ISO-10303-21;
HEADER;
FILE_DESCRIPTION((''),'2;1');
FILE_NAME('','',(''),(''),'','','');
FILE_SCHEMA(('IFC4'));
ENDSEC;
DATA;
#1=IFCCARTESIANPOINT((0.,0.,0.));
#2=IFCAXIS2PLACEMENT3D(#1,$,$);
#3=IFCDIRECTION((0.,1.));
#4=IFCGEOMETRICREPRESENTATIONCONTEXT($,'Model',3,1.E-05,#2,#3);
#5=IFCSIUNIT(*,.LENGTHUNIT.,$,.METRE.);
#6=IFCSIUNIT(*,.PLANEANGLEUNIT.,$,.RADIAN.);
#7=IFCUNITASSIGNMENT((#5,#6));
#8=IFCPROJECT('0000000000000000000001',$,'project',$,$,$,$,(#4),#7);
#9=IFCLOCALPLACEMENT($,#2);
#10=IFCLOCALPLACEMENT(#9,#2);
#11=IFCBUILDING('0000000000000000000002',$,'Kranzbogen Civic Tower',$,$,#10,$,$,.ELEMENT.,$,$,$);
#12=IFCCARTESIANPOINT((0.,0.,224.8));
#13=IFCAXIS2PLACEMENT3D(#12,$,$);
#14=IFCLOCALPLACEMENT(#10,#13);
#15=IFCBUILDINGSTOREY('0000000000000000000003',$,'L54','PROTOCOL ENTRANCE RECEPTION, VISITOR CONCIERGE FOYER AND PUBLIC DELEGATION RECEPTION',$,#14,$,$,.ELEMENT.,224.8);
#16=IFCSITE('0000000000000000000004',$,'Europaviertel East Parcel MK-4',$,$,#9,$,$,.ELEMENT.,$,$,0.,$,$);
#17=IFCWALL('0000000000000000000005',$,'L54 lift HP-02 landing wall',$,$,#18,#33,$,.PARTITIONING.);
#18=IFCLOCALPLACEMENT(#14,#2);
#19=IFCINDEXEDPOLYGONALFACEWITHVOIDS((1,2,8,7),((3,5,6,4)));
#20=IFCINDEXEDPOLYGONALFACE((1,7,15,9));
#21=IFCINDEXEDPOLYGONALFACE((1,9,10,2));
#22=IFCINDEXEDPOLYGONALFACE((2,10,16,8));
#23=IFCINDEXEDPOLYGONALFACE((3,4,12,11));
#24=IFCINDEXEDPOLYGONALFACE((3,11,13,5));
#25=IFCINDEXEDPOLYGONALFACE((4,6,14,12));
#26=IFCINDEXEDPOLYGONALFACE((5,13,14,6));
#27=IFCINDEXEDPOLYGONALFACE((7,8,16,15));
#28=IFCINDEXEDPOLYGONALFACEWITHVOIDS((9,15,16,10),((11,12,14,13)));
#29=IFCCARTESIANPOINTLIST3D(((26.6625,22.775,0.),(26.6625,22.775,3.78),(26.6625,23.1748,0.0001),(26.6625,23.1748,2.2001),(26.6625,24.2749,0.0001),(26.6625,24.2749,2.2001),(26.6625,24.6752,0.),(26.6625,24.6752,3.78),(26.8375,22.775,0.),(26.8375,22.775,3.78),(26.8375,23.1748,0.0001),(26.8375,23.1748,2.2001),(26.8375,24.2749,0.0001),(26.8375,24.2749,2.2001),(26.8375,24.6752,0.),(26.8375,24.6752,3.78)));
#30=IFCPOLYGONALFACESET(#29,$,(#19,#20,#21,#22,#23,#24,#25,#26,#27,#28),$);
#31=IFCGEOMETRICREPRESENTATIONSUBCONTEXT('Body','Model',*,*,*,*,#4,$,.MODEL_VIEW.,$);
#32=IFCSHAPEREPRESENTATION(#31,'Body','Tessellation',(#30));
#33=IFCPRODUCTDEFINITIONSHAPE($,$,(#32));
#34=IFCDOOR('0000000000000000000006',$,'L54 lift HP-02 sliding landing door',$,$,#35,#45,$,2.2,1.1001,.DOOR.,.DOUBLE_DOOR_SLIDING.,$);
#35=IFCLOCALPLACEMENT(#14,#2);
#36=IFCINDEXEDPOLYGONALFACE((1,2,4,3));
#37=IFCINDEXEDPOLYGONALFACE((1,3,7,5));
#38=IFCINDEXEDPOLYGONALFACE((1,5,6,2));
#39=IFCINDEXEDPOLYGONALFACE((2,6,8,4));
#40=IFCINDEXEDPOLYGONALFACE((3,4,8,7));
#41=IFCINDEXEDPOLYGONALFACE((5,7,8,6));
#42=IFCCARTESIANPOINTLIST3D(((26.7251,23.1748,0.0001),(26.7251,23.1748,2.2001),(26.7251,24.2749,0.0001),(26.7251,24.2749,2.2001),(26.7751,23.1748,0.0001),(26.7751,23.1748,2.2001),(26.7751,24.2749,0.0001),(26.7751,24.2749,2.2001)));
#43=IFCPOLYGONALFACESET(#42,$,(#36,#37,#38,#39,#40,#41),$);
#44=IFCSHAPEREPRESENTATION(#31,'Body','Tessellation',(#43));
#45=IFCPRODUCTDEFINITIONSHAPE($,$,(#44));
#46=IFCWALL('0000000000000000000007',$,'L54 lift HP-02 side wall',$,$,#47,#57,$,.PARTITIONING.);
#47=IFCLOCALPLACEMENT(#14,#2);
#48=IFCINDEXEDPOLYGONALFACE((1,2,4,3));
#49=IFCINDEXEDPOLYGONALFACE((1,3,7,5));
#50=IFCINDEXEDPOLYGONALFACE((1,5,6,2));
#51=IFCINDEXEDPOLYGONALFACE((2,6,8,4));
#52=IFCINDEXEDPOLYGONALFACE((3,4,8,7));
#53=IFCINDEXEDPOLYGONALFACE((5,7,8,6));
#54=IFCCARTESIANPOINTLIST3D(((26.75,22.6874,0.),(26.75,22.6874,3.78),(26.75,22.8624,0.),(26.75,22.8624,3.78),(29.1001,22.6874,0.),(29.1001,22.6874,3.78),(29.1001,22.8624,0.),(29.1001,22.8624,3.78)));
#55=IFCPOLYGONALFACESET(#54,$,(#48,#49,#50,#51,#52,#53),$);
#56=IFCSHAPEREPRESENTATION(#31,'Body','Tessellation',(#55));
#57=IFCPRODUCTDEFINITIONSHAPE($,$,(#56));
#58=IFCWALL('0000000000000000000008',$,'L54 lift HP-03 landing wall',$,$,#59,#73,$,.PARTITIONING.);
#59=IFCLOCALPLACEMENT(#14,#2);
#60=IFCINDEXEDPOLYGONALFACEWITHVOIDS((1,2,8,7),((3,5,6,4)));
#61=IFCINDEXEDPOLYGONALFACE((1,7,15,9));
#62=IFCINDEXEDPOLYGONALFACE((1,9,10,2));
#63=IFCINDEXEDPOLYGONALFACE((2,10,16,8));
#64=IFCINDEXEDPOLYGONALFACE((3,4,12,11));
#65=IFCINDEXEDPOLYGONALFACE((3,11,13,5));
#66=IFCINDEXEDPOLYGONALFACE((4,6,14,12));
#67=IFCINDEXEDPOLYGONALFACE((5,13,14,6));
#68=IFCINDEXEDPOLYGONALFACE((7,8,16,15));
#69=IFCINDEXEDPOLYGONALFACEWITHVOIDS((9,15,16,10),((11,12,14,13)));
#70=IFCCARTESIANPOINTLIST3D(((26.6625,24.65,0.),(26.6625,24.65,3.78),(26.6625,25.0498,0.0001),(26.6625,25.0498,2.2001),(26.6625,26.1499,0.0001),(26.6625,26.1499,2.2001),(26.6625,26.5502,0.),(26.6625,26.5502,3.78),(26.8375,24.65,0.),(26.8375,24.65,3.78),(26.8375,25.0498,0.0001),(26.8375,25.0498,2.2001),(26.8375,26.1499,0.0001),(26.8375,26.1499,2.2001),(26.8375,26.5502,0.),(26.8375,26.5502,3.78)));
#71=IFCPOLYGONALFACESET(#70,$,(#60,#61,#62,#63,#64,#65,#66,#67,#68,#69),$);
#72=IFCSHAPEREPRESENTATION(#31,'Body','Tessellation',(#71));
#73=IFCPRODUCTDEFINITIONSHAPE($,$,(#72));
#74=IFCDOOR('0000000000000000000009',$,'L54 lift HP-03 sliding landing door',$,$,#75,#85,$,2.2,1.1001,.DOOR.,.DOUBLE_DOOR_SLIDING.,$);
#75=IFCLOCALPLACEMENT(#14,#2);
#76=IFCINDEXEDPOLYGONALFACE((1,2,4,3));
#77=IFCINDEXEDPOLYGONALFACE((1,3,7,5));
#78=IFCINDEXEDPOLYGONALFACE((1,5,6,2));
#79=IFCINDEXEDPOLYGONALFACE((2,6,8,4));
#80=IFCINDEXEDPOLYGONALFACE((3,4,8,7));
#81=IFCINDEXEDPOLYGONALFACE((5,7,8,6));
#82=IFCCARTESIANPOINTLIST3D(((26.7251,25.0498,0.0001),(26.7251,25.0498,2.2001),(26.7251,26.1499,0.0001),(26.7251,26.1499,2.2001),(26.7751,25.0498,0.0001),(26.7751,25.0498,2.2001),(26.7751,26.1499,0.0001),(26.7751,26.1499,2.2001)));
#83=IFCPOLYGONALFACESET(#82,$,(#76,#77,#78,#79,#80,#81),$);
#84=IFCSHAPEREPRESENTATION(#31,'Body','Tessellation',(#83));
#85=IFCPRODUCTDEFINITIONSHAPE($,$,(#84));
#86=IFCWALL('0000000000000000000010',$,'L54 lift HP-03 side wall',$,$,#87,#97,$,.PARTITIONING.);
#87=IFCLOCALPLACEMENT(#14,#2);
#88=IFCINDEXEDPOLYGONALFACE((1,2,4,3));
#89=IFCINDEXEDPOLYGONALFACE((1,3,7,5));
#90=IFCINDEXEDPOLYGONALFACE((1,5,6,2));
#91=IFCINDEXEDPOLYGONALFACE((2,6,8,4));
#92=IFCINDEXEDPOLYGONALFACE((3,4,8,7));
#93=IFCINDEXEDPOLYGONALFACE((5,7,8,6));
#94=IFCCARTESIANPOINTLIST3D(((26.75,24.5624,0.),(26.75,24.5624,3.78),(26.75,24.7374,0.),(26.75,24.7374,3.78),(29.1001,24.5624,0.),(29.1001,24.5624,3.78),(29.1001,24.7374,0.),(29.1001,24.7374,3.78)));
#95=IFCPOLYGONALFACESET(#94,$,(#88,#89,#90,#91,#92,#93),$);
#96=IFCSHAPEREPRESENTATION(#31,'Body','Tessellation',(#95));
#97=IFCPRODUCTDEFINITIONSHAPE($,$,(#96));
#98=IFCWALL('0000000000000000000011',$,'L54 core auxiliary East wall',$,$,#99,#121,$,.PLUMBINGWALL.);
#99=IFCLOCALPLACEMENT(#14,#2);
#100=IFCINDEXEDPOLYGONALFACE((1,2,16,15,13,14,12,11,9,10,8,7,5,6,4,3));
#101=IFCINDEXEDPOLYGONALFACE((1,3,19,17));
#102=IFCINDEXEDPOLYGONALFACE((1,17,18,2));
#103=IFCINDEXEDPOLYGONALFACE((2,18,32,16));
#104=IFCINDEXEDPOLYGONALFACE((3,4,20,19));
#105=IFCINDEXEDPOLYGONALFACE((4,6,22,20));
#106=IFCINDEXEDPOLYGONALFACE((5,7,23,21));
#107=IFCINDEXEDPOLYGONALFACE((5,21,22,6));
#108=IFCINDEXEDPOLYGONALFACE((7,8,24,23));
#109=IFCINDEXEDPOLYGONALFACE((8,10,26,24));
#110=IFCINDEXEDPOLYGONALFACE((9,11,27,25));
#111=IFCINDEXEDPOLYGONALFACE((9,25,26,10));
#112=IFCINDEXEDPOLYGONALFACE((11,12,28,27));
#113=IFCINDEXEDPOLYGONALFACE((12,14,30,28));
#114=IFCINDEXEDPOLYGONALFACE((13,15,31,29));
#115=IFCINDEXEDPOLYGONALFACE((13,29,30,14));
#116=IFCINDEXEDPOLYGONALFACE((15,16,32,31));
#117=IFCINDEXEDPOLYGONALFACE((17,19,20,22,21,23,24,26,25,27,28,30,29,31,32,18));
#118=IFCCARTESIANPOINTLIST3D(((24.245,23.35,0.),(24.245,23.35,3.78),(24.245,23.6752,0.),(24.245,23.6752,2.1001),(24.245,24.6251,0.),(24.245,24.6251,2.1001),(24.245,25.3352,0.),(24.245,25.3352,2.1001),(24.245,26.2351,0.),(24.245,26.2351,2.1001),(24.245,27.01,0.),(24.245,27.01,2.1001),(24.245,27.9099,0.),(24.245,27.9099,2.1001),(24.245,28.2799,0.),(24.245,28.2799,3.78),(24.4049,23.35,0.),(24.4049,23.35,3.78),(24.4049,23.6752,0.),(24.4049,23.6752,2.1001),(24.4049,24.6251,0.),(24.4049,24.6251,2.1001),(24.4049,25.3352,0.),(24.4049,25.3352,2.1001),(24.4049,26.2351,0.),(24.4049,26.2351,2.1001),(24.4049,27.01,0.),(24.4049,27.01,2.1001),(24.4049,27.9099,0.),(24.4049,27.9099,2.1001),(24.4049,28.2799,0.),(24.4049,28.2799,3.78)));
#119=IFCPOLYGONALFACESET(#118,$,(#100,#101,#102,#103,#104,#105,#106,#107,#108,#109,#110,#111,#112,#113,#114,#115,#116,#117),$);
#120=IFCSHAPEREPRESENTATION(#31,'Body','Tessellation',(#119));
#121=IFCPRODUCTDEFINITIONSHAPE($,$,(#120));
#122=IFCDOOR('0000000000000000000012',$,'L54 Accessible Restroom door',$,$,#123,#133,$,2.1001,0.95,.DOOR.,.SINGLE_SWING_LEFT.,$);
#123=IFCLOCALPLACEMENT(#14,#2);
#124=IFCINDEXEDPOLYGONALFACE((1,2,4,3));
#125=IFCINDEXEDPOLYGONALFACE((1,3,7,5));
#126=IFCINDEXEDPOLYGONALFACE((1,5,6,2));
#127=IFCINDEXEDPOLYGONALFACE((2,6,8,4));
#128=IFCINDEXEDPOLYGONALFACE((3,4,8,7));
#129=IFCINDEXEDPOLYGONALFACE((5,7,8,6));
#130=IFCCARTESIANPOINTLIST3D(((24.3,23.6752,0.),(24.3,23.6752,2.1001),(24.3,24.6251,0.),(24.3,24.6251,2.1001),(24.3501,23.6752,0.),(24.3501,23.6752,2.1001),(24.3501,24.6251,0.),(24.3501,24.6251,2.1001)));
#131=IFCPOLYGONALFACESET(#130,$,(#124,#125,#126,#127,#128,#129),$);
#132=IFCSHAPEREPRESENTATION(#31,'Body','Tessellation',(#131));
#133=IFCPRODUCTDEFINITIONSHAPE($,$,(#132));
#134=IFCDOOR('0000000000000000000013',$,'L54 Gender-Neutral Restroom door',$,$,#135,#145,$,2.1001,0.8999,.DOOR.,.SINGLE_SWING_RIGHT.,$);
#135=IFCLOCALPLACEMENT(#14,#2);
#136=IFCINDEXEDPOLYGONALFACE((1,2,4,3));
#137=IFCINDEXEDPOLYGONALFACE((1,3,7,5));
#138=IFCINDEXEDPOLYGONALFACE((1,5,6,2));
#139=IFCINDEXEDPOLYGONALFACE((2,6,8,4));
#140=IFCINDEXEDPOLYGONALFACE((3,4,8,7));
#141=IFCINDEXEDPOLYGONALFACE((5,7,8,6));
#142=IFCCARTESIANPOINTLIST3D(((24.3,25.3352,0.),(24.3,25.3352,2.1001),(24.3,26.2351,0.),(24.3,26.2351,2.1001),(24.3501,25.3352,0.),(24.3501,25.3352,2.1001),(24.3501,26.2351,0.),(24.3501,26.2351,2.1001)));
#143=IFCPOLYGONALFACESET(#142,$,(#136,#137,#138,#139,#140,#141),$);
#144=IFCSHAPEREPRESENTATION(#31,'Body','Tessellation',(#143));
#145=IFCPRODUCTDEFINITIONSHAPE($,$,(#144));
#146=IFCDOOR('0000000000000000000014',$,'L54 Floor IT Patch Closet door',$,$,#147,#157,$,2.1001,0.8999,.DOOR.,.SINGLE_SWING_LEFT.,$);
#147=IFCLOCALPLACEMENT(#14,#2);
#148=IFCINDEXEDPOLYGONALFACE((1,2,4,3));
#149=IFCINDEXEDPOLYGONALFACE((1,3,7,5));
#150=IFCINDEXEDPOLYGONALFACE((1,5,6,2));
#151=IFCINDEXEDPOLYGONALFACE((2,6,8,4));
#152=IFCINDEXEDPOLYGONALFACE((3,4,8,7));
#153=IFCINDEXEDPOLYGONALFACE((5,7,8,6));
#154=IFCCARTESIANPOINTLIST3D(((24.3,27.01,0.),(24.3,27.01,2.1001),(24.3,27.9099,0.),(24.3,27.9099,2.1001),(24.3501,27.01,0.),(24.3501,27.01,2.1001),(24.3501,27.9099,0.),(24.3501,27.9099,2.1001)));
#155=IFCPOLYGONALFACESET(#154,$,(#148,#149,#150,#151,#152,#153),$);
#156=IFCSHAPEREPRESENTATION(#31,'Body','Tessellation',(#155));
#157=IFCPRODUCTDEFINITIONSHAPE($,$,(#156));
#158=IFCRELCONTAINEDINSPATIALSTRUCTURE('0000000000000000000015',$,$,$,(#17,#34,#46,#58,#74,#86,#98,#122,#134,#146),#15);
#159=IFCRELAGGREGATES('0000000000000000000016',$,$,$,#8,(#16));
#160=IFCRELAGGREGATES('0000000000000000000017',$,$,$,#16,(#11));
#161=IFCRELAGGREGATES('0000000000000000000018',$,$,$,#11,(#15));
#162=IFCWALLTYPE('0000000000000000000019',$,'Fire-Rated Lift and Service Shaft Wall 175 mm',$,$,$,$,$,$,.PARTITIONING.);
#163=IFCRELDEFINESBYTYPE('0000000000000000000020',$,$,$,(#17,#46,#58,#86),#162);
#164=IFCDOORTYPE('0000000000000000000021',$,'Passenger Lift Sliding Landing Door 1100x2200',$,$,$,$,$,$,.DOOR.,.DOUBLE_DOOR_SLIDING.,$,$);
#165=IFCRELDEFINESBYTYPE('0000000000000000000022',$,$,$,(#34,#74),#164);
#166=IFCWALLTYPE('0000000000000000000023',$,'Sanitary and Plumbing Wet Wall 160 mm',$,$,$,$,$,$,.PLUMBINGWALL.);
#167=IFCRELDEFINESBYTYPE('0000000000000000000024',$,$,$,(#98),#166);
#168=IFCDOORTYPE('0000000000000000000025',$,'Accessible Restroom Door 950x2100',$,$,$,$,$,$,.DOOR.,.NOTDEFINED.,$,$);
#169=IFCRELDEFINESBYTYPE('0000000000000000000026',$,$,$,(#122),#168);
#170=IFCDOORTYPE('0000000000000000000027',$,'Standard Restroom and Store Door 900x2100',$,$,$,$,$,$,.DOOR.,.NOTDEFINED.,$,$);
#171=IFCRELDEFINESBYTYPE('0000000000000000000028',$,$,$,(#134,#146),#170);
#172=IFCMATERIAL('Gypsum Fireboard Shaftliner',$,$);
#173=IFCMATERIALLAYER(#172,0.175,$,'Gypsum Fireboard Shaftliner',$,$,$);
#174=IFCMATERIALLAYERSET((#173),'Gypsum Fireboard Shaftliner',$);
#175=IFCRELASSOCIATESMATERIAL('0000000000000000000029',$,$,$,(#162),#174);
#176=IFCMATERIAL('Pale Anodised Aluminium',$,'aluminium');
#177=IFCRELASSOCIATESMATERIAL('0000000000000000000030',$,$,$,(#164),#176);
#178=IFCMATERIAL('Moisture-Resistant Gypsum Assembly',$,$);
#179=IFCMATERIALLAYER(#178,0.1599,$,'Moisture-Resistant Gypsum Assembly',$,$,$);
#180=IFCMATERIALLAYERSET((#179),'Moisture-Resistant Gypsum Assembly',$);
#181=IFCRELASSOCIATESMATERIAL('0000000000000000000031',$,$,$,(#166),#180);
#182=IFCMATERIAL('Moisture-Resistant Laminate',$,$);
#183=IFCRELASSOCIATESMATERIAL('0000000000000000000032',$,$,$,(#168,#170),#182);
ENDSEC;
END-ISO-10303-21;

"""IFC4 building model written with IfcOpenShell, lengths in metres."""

from ifc_helpers import new_model, si_unit, direction, frame, frame_2d, origin, place, context, subcontext, project, spatial, rectangle, extrude, material, layer, layer_set, type_object, element, fill, save


model = new_model("IFC4")

# Units and contexts
model_context = context("Model", 3, precision=1e-05, world=origin(), true_north=direction((0.0, 1.0)))
body_context = subcontext(model_context, "Body", "Model", "MODEL_VIEW")
ifc_project = project(units=[si_unit("LENGTHUNIT", "METRE"), si_unit("PLANEANGLEUNIT", "RADIAN")], contexts=[model_context])

# Site, building, storey
site_placement = place(None, origin())
site = spatial("IfcSite", under=ifc_project, at=site_placement, Name="Europaviertel East Parcel MK-4", CompositionType="ELEMENT", RefElevation=0.0)
building_placement = place(site_placement, origin())
building = spatial("IfcBuilding", under=site, at=building_placement, Name="Kranzbogen Civic Tower", CompositionType="ELEMENT")
storey_placement = place(building_placement, frame((0.0, 0.0, 224.8)))
storey = spatial("IfcBuildingStorey", under=building, at=storey_placement, Name="L54", Description="PROTOCOL ENTRANCE RECEPTION, VISITOR CONCIERGE FOYER AND PUBLIC DELEGATION RECEPTION", CompositionType="ELEMENT", Elevation=224.8)

# Shared definitions
ifc_material_1 = material(Name="Gypsum Fireboard Shaftliner")
ifc_layer_1 = layer(ifc_material_1, 0.175, Name="Gypsum Fireboard Shaftliner")
ifc_layer_set_1 = layer_set([ifc_layer_1], Name="Gypsum Fireboard Shaftliner")
wall_type_1 = type_object("IfcWallType", Name="Fire-Rated Lift and Service Shaft Wall 175 mm", PredefinedType="PARTITIONING", material=ifc_layer_set_1)
ifc_material_2 = material(Name="Pale Anodised Aluminium", Category="aluminium")
door_type_1 = type_object("IfcDoorType", Name="Passenger Lift Sliding Landing Door 1100x2200", OperationType="DOUBLE_DOOR_SLIDING", PredefinedType="DOOR", material=ifc_material_2)

# Wall, opening, door
wall_1_placement = place(storey_placement, frame((26.75, 22.7749, 0.0), z_axis=(0.0, 0.0, 1.0), x_axis=(0.0, 1.0, 0.0)))
wall_1 = element("IfcWall", 1, at=wall_1_placement, inside=storey, type_object=wall_type_1, Name="L54 lift HP-02 landing wall", PredefinedType="PARTITIONING", context=body_context, shape_type="SweptSolid", body=[
    extrude(rectangle(XDim=1.9001, YDim=0.175, at=frame_2d((0.9502, 0.0))), origin(), (0.0, 0.0, 1.0), 3.78),
])
opening_1_placement = place(wall_1_placement, frame((0.3999, 0.0, 0.0)))
opening_1 = element("IfcOpeningElement", 2, at=opening_1_placement, cuts=wall_1, PredefinedType="OPENING", context=body_context, shape_type="SweptSolid", body=[
    extrude(rectangle(XDim=1.1001, YDim=2.2, at=frame_2d((0.55, 1.1001))), frame((0.0, 0.0977, 0.0), z_axis=(0.0, -1.0, 0.0), x_axis=(1.0, 0.0, 0.0)), (0.0, 0.0, 1.0), 0.1951),
])
door_1_placement = place(opening_1_placement, origin())
door_1 = element("IfcDoor", 3, at=door_1_placement, inside=storey, type_object=door_type_1, Name="L54 lift HP-02 sliding landing door", OperationType="DOUBLE_DOOR_SLIDING", OverallHeight=2.2, OverallWidth=1.1001, PredefinedType="DOOR", context=body_context, shape_type="SweptSolid", body=[
    extrude(rectangle(XDim=1.1001, YDim=2.2, at=frame_2d((0.55, 1.1001))), frame((0.0, 0.0249, 0.0), z_axis=(0.0, -1.0, 0.0), x_axis=(1.0, 0.0, 0.0)), (0.0, 0.0, 1.0), 0.05),
])
fill(opening_1, door_1)

# Wall
wall_2_placement = place(storey_placement, frame((26.75, 22.7749, 0.0), z_axis=(0.0, 0.0, 1.0), x_axis=(1.0, 0.0, 0.0)))
element("IfcWall", 4, at=wall_2_placement, inside=storey, type_object=wall_type_1, Name="L54 lift HP-02 side wall", PredefinedType="PARTITIONING", context=body_context, shape_type="SweptSolid", body=[
    extrude(rectangle(XDim=2.3501, YDim=0.175, at=frame_2d((1.175, 0.0))), origin(), (0.0, 0.0, 1.0), 3.78),
])

# Wall, opening, door
wall_3_placement = place(storey_placement, frame((26.75, 24.6499, 0.0), z_axis=(0.0, 0.0, 1.0), x_axis=(0.0, 1.0, 0.0)))
wall_3 = element("IfcWall", 5, at=wall_3_placement, inside=storey, type_object=wall_type_1, Name="L54 lift HP-03 landing wall", PredefinedType="PARTITIONING", context=body_context, shape_type="SweptSolid", body=[
    extrude(rectangle(XDim=1.9001, YDim=0.175, at=frame_2d((0.9502, 0.0))), origin(), (0.0, 0.0, 1.0), 3.78),
])
opening_2_placement = place(wall_3_placement, frame((0.3999, 0.0, 0.0)))
opening_2 = element("IfcOpeningElement", 6, at=opening_2_placement, cuts=wall_3, PredefinedType="OPENING", context=body_context, shape_type="SweptSolid", body=[
    extrude(rectangle(XDim=1.1001, YDim=2.2, at=frame_2d((0.55, 1.1001))), frame((0.0, 0.0977, 0.0), z_axis=(0.0, -1.0, 0.0), x_axis=(1.0, 0.0, 0.0)), (0.0, 0.0, 1.0), 0.1951),
])
door_2_placement = place(opening_2_placement, origin())
door_2 = element("IfcDoor", 7, at=door_2_placement, inside=storey, type_object=door_type_1, Name="L54 lift HP-03 sliding landing door", OperationType="DOUBLE_DOOR_SLIDING", OverallHeight=2.2, OverallWidth=1.1001, PredefinedType="DOOR", context=body_context, shape_type="SweptSolid", body=[
    extrude(rectangle(XDim=1.1001, YDim=2.2, at=frame_2d((0.55, 1.1001))), frame((0.0, 0.0249, 0.0), z_axis=(0.0, -1.0, 0.0), x_axis=(1.0, 0.0, 0.0)), (0.0, 0.0, 1.0), 0.05),
])
fill(opening_2, door_2)

# Wall
wall_4_placement = place(storey_placement, frame((26.75, 24.6499, 0.0), z_axis=(0.0, 0.0, 1.0), x_axis=(1.0, 0.0, 0.0)))
element("IfcWall", 8, at=wall_4_placement, inside=storey, type_object=wall_type_1, Name="L54 lift HP-03 side wall", PredefinedType="PARTITIONING", context=body_context, shape_type="SweptSolid", body=[
    extrude(rectangle(XDim=2.3501, YDim=0.175, at=frame_2d((1.175, 0.0))), origin(), (0.0, 0.0, 1.0), 3.78),
])

# Wall, openings, doors
ifc_material_3 = material(Name="Moisture-Resistant Gypsum Assembly")
ifc_layer_2 = layer(ifc_material_3, 0.1599, Name="Moisture-Resistant Gypsum Assembly")
ifc_layer_set_2 = layer_set([ifc_layer_2], Name="Moisture-Resistant Gypsum Assembly")
wall_type_2 = type_object("IfcWallType", Name="Sanitary and Plumbing Wet Wall 160 mm", PredefinedType="PLUMBINGWALL", material=ifc_layer_set_2)
wall_5_placement = place(storey_placement, frame((24.325, 23.3501, 0.0), z_axis=(0.0, 0.0, 1.0), x_axis=(0.0, 1.0, 0.0)))
wall_5 = element("IfcWall", 9, at=wall_5_placement, inside=storey, type_object=wall_type_2, Name="L54 core auxiliary East wall", PredefinedType="PLUMBINGWALL", context=body_context, shape_type="SweptSolid", body=[
    extrude(rectangle(XDim=4.9299, YDim=0.1599, at=frame_2d((2.4648, 0.0))), origin(), (0.0, 0.0, 1.0), 3.78),
])
opening_3_placement = place(wall_5_placement, frame((0.325, 0.0, 0.0)))
opening_3 = element("IfcOpeningElement", 10, at=opening_3_placement, cuts=wall_5, PredefinedType="OPENING", context=body_context, shape_type="SweptSolid", body=[
    extrude(rectangle(XDim=0.95, YDim=2.1001, at=frame_2d((0.4751, 1.05))), frame((0.0, 0.0898, 0.0), z_axis=(0.0, -1.0, 0.0), x_axis=(1.0, 0.0, 0.0)), (0.0, 0.0, 1.0), 0.1799),
])
opening_4_placement = place(wall_5_placement, frame((1.9851, 0.0, 0.0)))
opening_4 = element("IfcOpeningElement", 11, at=opening_4_placement, cuts=wall_5, PredefinedType="OPENING", context=body_context, shape_type="SweptSolid", body=[
    extrude(rectangle(XDim=0.8999, YDim=2.1001, at=frame_2d((0.45, 1.05))), frame((0.0, 0.0898, 0.0), z_axis=(0.0, -1.0, 0.0), x_axis=(1.0, 0.0, 0.0)), (0.0, 0.0, 1.0), 0.1799),
])
opening_5_placement = place(wall_5_placement, frame((3.6599, 0.0, 0.0)))
opening_5 = element("IfcOpeningElement", 12, at=opening_5_placement, cuts=wall_5, PredefinedType="OPENING", context=body_context, shape_type="SweptSolid", body=[
    extrude(rectangle(XDim=0.8999, YDim=2.1001, at=frame_2d((0.45, 1.05))), frame((0.0, 0.0898, 0.0), z_axis=(0.0, -1.0, 0.0), x_axis=(1.0, 0.0, 0.0)), (0.0, 0.0, 1.0), 0.1799),
])
ifc_material_4 = material(Name="Moisture-Resistant Laminate")
door_type_2 = type_object("IfcDoorType", Name="Accessible Restroom Door 950x2100", OperationType="NOTDEFINED", PredefinedType="DOOR", material=ifc_material_4)
door_3_placement = place(opening_3_placement, origin())
door_3 = element("IfcDoor", 13, at=door_3_placement, inside=storey, type_object=door_type_2, Name="L54 Accessible Restroom door", OperationType="SINGLE_SWING_LEFT", OverallHeight=2.1001, OverallWidth=0.95, PredefinedType="DOOR", context=body_context, shape_type="SweptSolid", body=[
    extrude(rectangle(XDim=0.95, YDim=2.1001, at=frame_2d((0.4751, 1.05))), frame((0.0, 0.0249, 0.0), z_axis=(0.0, -1.0, 0.0), x_axis=(1.0, 0.0, 0.0)), (0.0, 0.0, 1.0), 0.05),
])
fill(opening_3, door_3)
door_type_3 = type_object("IfcDoorType", Name="Standard Restroom and Store Door 900x2100", OperationType="NOTDEFINED", PredefinedType="DOOR", material=ifc_material_4)
door_4_placement = place(opening_4_placement, origin())
door_4 = element("IfcDoor", 14, at=door_4_placement, inside=storey, type_object=door_type_3, Name="L54 Gender-Neutral Restroom door", OperationType="SINGLE_SWING_RIGHT", OverallHeight=2.1001, OverallWidth=0.8999, PredefinedType="DOOR", context=body_context, shape_type="SweptSolid", body=[
    extrude(rectangle(XDim=0.8999, YDim=2.1001, at=frame_2d((0.45, 1.05))), frame((0.0, 0.0249, 0.0), z_axis=(0.0, -1.0, 0.0), x_axis=(1.0, 0.0, 0.0)), (0.0, 0.0, 1.0), 0.05),
])
fill(opening_4, door_4)
door_5_placement = place(opening_5_placement, origin())
door_5 = element("IfcDoor", 15, at=door_5_placement, inside=storey, type_object=door_type_3, Name="L54 Floor IT Patch Closet door", OperationType="SINGLE_SWING_LEFT", OverallHeight=2.1001, OverallWidth=0.8999, PredefinedType="DOOR", context=body_context, shape_type="SweptSolid", body=[
    extrude(rectangle(XDim=0.8999, YDim=2.1001, at=frame_2d((0.45, 1.05))), frame((0.0, 0.0249, 0.0), z_axis=(0.0, -1.0, 0.0), x_axis=(1.0, 0.0, 0.0)), (0.0, 0.0, 1.0), 0.05),
])
fill(opening_5, door_5)

save(model, "model.ifc")
